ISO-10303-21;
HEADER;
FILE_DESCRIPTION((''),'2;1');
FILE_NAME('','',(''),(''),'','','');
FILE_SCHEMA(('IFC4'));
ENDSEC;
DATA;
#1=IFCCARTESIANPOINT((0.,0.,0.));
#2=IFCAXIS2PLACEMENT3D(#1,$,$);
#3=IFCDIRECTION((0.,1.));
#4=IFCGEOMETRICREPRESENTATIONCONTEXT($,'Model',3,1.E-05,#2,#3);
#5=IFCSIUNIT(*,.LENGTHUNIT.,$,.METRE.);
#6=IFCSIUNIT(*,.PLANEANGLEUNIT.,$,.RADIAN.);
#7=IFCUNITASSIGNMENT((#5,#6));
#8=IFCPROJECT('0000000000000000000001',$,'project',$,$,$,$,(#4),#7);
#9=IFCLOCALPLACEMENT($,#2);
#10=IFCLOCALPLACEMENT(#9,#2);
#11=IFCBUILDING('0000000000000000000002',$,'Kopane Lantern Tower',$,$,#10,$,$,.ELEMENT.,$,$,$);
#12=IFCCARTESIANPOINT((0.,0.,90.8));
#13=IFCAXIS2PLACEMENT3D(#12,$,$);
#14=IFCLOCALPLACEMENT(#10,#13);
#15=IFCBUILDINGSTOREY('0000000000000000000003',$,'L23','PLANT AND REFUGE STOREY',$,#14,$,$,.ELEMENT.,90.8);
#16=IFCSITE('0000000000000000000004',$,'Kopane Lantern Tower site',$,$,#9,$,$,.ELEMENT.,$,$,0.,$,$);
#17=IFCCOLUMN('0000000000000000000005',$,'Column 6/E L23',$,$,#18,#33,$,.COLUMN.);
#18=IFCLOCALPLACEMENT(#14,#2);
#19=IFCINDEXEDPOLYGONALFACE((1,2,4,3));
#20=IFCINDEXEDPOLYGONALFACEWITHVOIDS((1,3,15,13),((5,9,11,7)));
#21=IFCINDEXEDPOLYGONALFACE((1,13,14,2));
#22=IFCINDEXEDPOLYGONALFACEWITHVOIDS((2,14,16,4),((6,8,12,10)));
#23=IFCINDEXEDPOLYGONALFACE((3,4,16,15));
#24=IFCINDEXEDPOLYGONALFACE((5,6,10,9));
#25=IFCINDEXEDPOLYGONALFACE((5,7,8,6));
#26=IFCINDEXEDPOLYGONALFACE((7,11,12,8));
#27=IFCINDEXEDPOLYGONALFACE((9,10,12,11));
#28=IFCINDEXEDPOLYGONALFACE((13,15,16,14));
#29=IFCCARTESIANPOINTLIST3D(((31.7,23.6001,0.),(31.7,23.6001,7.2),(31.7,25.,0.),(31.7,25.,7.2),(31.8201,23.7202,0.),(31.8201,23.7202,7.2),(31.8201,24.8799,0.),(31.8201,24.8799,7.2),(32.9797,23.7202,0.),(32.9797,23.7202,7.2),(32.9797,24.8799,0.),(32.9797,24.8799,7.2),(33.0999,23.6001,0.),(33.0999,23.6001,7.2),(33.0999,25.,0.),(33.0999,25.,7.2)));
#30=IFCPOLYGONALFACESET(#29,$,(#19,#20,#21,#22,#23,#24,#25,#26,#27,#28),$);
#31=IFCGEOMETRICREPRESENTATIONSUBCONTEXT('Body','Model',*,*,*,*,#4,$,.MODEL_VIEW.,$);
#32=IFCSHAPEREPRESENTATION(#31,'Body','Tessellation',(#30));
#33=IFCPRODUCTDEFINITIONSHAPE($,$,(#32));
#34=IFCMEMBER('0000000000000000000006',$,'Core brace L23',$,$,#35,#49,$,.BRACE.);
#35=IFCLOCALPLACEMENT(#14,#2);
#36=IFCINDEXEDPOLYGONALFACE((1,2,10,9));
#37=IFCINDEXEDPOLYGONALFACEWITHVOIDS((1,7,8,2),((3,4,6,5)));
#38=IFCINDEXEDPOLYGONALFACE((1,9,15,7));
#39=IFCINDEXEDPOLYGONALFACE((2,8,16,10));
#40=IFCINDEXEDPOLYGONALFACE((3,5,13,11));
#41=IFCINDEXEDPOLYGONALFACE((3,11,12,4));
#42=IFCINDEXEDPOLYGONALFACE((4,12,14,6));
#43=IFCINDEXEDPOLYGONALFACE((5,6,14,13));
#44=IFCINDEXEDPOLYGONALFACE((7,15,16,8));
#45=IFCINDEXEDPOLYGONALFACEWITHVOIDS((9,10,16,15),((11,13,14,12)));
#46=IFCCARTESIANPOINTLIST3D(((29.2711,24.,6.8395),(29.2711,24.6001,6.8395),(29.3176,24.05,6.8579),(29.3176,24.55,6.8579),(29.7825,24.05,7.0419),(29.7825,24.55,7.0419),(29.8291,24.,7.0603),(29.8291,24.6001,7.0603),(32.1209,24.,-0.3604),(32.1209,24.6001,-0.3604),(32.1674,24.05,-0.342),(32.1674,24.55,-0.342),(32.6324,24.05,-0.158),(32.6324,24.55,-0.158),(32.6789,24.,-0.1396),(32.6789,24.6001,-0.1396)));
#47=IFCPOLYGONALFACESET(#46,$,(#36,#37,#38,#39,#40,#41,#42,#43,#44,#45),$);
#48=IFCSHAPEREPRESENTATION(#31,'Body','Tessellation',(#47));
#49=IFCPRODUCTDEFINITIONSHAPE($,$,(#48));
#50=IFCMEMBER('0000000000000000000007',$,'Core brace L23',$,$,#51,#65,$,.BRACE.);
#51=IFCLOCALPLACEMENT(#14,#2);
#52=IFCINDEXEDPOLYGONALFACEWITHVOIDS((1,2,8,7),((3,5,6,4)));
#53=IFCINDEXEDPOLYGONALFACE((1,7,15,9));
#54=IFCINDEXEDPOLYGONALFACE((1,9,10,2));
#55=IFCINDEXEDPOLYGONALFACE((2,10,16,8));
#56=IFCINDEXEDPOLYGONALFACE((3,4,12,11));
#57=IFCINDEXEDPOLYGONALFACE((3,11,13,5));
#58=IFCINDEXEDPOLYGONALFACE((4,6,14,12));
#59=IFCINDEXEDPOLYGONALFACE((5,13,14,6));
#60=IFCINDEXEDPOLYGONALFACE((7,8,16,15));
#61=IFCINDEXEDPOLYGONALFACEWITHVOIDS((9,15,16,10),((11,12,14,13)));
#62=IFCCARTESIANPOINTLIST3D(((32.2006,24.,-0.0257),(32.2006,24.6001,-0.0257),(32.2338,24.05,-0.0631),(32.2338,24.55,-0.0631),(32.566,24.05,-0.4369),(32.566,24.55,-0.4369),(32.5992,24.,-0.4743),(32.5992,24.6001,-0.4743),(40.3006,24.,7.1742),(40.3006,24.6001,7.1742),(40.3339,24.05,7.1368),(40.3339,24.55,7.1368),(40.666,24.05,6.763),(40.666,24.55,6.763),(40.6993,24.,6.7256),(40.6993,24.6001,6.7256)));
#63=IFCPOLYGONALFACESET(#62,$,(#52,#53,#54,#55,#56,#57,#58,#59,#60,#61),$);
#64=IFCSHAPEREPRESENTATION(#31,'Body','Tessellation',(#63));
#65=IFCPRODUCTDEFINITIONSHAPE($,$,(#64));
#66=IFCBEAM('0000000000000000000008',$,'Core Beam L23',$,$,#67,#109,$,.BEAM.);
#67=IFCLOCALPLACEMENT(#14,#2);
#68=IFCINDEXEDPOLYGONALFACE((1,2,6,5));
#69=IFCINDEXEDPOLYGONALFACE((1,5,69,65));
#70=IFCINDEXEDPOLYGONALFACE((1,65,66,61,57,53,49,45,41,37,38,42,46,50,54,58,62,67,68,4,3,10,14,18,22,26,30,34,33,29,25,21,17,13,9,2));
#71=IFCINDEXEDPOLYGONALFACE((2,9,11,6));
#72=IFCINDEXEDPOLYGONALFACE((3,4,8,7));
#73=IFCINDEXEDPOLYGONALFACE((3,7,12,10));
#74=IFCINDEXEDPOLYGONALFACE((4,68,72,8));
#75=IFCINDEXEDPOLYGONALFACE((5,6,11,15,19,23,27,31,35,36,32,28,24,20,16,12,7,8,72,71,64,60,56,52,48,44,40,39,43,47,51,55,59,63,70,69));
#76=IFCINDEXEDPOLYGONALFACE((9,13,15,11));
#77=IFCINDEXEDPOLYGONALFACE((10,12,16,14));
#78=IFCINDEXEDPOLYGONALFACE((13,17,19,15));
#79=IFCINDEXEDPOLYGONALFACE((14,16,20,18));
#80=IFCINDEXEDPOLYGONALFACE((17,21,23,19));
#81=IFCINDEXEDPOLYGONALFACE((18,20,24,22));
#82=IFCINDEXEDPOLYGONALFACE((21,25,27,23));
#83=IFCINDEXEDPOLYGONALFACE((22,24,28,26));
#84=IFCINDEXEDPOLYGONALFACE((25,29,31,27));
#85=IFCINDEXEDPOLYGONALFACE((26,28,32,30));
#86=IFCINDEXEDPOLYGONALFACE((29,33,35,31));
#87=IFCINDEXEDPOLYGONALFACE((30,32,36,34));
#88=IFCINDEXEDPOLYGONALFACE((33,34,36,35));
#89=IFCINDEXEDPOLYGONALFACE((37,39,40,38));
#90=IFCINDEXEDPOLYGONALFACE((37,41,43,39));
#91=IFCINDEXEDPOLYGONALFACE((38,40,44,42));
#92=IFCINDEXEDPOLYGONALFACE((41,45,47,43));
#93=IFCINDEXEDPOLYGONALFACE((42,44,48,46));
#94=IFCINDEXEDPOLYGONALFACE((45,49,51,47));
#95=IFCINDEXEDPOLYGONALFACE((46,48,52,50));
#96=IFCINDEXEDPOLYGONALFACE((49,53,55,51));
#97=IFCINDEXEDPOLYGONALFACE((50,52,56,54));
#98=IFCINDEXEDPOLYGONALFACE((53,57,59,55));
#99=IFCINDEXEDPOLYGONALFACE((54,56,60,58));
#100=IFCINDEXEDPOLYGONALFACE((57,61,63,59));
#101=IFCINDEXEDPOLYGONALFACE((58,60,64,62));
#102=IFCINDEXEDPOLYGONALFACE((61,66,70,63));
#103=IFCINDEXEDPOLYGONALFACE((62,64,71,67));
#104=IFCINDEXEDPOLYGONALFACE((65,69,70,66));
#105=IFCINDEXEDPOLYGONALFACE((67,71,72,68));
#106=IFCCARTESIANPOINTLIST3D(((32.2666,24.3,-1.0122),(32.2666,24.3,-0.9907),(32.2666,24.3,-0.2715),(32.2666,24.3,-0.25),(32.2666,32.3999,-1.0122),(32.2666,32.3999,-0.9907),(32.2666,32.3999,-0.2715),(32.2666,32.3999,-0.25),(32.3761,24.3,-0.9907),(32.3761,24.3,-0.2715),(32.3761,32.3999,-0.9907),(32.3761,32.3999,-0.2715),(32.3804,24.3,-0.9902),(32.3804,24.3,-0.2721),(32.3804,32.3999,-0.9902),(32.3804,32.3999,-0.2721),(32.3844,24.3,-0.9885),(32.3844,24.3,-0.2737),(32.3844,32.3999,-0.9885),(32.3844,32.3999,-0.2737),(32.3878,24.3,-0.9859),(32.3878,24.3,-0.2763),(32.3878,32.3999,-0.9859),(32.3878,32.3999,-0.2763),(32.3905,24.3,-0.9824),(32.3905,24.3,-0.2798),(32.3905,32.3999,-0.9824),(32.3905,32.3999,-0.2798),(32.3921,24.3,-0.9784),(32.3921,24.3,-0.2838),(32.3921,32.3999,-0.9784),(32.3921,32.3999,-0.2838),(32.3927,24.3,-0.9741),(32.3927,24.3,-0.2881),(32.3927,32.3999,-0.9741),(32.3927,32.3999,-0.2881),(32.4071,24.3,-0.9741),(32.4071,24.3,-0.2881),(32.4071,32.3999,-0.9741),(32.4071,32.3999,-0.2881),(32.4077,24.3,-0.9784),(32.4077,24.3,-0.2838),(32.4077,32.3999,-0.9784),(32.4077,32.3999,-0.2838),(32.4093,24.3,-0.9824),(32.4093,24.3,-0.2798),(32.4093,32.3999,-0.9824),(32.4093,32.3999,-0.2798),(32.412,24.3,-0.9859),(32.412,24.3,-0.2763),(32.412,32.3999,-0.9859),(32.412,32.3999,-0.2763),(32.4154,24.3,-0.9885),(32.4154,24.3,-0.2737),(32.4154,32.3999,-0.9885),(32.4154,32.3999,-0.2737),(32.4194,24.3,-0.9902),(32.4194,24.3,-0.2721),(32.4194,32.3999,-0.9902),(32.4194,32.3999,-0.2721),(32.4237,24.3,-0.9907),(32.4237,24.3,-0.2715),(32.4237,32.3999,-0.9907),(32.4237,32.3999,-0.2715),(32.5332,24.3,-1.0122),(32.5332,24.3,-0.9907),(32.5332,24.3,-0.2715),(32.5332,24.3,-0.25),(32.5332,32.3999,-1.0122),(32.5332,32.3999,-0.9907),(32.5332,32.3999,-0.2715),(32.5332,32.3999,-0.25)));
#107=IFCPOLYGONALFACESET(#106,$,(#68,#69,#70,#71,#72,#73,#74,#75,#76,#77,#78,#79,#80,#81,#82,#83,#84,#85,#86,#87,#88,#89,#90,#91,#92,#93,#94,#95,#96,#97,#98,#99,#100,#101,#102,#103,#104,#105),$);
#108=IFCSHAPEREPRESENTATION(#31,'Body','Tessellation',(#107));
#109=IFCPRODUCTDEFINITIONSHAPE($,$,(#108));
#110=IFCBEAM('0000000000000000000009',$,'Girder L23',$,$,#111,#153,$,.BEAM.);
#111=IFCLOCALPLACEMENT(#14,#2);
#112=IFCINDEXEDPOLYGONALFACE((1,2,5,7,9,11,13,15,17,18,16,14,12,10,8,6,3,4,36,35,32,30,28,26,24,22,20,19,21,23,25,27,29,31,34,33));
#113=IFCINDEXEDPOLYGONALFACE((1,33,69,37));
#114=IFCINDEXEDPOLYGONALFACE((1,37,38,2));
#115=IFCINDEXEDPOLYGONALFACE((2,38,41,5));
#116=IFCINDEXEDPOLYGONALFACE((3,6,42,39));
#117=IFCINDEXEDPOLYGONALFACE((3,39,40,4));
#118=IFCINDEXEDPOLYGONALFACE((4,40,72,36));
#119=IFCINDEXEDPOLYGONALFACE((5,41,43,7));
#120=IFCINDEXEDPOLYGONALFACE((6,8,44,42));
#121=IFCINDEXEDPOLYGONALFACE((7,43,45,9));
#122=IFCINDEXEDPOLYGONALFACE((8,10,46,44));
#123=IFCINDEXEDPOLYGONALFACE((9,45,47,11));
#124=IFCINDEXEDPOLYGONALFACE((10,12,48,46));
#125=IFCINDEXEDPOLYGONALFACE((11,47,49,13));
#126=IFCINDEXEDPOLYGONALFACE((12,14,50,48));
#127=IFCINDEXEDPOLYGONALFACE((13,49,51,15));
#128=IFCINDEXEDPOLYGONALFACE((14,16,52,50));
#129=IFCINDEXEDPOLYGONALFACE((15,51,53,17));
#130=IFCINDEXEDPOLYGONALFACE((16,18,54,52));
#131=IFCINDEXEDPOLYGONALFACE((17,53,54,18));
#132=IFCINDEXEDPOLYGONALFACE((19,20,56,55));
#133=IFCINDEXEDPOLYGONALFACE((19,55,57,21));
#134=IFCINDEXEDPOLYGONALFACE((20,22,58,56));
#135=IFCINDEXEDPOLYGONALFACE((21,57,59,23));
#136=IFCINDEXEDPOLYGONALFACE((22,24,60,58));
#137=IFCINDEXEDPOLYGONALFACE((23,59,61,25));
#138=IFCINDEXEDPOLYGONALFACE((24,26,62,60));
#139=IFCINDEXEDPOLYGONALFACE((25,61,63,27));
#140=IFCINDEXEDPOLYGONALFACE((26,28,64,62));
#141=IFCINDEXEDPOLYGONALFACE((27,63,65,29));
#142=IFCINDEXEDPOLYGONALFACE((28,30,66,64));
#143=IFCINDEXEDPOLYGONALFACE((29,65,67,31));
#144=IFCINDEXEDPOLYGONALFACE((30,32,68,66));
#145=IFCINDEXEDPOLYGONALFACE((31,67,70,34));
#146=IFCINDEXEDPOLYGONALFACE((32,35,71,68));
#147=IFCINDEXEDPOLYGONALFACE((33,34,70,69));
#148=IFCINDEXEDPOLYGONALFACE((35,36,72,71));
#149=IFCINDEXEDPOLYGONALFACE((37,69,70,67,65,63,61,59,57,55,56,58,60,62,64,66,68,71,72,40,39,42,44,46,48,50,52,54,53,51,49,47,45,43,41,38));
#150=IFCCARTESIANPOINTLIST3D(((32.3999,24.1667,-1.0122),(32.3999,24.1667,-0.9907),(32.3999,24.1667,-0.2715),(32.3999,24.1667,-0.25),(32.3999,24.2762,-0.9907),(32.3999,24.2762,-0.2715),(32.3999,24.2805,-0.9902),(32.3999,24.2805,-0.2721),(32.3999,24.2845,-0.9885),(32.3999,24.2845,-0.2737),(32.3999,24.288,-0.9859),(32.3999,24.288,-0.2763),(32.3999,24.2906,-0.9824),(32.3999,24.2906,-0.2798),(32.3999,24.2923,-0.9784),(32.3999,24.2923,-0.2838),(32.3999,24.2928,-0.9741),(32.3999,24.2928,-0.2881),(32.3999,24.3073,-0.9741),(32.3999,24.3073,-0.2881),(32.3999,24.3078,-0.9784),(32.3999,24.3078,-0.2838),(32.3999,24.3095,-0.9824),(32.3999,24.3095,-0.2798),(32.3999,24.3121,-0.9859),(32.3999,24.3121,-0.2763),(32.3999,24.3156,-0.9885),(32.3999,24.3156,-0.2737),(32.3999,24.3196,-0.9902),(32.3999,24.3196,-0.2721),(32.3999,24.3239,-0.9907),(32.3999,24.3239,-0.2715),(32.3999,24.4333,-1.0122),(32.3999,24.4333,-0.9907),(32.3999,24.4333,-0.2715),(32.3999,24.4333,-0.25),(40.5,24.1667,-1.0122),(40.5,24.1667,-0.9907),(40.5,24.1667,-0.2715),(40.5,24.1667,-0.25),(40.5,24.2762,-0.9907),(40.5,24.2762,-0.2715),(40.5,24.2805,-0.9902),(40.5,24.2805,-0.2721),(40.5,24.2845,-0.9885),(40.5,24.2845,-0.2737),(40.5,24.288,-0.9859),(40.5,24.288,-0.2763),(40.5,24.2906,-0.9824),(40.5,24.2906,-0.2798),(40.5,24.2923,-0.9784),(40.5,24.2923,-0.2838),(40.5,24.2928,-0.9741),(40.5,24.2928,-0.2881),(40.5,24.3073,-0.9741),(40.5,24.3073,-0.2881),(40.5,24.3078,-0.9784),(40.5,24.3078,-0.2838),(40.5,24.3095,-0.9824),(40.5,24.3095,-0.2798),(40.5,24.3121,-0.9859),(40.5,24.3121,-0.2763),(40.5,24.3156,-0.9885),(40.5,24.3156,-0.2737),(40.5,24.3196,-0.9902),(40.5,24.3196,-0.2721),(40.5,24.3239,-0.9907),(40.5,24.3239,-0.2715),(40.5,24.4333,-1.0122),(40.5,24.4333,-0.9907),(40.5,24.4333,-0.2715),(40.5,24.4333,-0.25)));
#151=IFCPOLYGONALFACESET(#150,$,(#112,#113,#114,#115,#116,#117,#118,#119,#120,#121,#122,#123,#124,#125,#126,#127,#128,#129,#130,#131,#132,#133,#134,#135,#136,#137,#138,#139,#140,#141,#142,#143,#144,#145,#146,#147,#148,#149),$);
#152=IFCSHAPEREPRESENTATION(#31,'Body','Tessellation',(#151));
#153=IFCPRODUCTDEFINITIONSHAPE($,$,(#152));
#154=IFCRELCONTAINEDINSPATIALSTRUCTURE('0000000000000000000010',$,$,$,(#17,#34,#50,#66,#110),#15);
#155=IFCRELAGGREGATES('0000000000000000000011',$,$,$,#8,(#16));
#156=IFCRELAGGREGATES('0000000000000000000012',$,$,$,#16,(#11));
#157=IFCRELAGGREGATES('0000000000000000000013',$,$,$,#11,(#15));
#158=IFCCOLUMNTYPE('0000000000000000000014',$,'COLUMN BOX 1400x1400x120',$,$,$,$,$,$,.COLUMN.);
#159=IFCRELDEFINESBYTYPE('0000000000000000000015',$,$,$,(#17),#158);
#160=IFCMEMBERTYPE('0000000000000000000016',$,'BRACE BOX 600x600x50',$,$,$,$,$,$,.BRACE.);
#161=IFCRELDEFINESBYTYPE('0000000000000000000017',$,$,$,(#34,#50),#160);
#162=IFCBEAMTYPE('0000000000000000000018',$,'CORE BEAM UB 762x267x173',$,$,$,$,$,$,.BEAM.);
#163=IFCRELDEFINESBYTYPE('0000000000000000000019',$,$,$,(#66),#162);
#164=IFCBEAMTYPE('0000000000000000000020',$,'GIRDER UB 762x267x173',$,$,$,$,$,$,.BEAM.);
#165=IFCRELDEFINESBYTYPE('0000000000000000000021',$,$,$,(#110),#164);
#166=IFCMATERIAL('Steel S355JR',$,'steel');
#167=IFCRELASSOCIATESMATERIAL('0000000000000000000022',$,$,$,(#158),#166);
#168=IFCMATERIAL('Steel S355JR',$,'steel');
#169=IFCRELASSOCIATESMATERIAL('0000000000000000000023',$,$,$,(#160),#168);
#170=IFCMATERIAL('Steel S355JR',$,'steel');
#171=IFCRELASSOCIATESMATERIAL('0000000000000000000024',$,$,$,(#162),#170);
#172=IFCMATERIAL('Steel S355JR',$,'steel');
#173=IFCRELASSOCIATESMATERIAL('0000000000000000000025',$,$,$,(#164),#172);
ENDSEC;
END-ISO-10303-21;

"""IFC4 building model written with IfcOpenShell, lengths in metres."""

from ifc_helpers import new_model, si_unit, direction, frame, origin, origin_2d, place, context, subcontext, project, spatial, hollow_rectangle, i_section, extrude, material, material_profile, profile_set, type_object, element, save


model = new_model("IFC4")

# Units and contexts
model_context = context("Model", 3, precision=1e-05, world=origin(), true_north=direction((0.0, 1.0)))
body_context = subcontext(model_context, "Body", "Model", "MODEL_VIEW")
ifc_project = project(units=[si_unit("LENGTHUNIT", "METRE"), si_unit("PLANEANGLEUNIT", "RADIAN")], contexts=[model_context])

# Site, building, storey
site_placement = place(None, origin())
site = spatial("IfcSite", under=ifc_project, at=site_placement, Name="Kopane Lantern Tower site", CompositionType="ELEMENT", RefElevation=0.0)
building_placement = place(site_placement, origin())
building = spatial("IfcBuilding", under=site, at=building_placement, Name="Kopane Lantern Tower", CompositionType="ELEMENT")
storey_placement = place(building_placement, frame((0.0, 0.0, 90.8)))
storey = spatial("IfcBuildingStorey", under=building, at=storey_placement, Name="L23", Description="PLANT AND REFUGE STOREY", CompositionType="ELEMENT", Elevation=90.8)

# Column
ifc_material_1 = material(Name="Steel S355JR", Category="steel")
ifc_material_profile_1 = material_profile(ifc_material_1, hollow_rectangle(XDim=1.3999, YDim=1.3999, WallThickness=0.1201, at=origin_2d()), Name="BOX 1400x1400x120")
ifc_profile_set_1 = profile_set([ifc_material_profile_1], Name="Steel S355JR")
column_type = type_object("IfcColumnType", Name="COLUMN BOX 1400x1400x120", PredefinedType="COLUMN", material=ifc_profile_set_1)
column_placement = place(storey_placement, frame((32.3999, 24.3, 0.0), z_axis=(0.0, 0.0, 1.0), x_axis=(1.0, 0.0, 0.0)))
element("IfcColumn", 1, at=column_placement, inside=storey, type_object=column_type, Name="Column 6/E L23", PredefinedType="COLUMN", context=body_context, shape_type="SweptSolid", body=[
    extrude(hollow_rectangle(XDim=1.3999, YDim=1.3999, WallThickness=0.1201, at=origin_2d()), origin(), (0.0, 0.0, 1.0), 7.2),
])

# Members
ifc_material_2 = material(Name="Steel S355JR", Category="steel")
ifc_material_profile_2 = material_profile(ifc_material_2, hollow_rectangle(XDim=0.6001, YDim=0.6001, WallThickness=0.05, at=origin_2d()), Name="BOX 600x600x50")
ifc_profile_set_2 = profile_set([ifc_material_profile_2], Name="Steel S355JR")
member_type_1 = type_object("IfcMemberType", Name="BRACE BOX 600x600x50", PredefinedType="BRACE", material=ifc_profile_set_2)
member_1_placement = place(storey_placement, frame((32.3999, 24.3, -0.25), z_axis=(-0.368034, 0.0, 0.929812), x_axis=(0.0, -1.0, 0.0)))
element("IfcMember", 2, at=member_1_placement, inside=storey, type_object=member_type_1, Name="Core brace L23", PredefinedType="BRACE", context=body_context, shape_type="SweptSolid", body=[
    extrude(hollow_rectangle(XDim=0.6001, YDim=0.6001, WallThickness=0.05, at=origin_2d()), origin(), (0.0, 0.0, 1.0), 7.7434),
])
member_2_placement = place(storey_placement, frame((32.3999, 24.3, -0.25), z_axis=(0.747416, 0.0, 0.664357), x_axis=(0.0, 1.0, 0.0)))
element("IfcMember", 3, at=member_2_placement, inside=storey, type_object=member_type_1, Name="Core brace L23", PredefinedType="BRACE", context=body_context, shape_type="SweptSolid", body=[
    extrude(hollow_rectangle(XDim=0.6001, YDim=0.6001, WallThickness=0.05, at=origin_2d()), origin(), (0.0, 0.0, 1.0), 10.8374),
])

# Beams
ifc_material_3 = material(Name="Steel S355JR", Category="steel")
ifc_material_profile_3 = material_profile(ifc_material_3, i_section(OverallWidth=0.2666, OverallDepth=0.7622, WebThickness=0.0144, FlangeThickness=0.0215, FilletRadius=0.0166, at=origin_2d()), Name="UB 762x267x173")
ifc_profile_set_3 = profile_set([ifc_material_profile_3], Name="Steel S355JR")
beam_type_1 = type_object("IfcBeamType", Name="CORE BEAM UB 762x267x173", PredefinedType="BEAM", material=ifc_profile_set_3)
beam_placement = place(storey_placement, frame((32.3999, 24.3, -0.6311), z_axis=(0.0, 1.0, 0.0), x_axis=(-1.0, 0.0, 0.0)))
element("IfcBeam", 4, at=beam_placement, inside=storey, type_object=beam_type_1, Name="Core Beam L23", PredefinedType="BEAM", context=body_context, shape_type="SweptSolid", body=[
    extrude(i_section(OverallWidth=0.2666, OverallDepth=0.7622, WebThickness=0.0144, FlangeThickness=0.0215, FilletRadius=0.0166, at=origin_2d()), origin(), (0.0, 0.0, 1.0), 8.0999),
])
ifc_material_4 = material(Name="Steel S355JR", Category="steel")
ifc_material_profile_4 = material_profile(ifc_material_4, i_section(OverallWidth=0.2666, OverallDepth=0.7622, WebThickness=0.0144, FlangeThickness=0.0215, FilletRadius=0.0166, at=origin_2d()), Name="UB 762x267x173")
ifc_profile_set_4 = profile_set([ifc_material_profile_4], Name="Steel S355JR")
beam_type_2 = type_object("IfcBeamType", Name="GIRDER UB 762x267x173", PredefinedType="BEAM", material=ifc_profile_set_4)
for number, where, z_axis, x_axis, name in (
    (5, (32.3999, 24.3, -0.6311), (1.0, 0.0, 0.0), (0.0, 1.0, 0.0), "Girder L23"),
):
    element("IfcBeam", number, at=place(storey_placement, frame(where, z_axis=z_axis, x_axis=x_axis)), inside=storey, type_object=beam_type_2, Name=name, PredefinedType="BEAM", context=body_context, shape_type="SweptSolid", body=[
        extrude(i_section(OverallWidth=0.2666, OverallDepth=0.7622, WebThickness=0.0144, FlangeThickness=0.0215, FilletRadius=0.0166, at=origin_2d()), origin(), (0.0, 0.0, 1.0), 8.1001),
    ])

save(model, "model.ifc")
